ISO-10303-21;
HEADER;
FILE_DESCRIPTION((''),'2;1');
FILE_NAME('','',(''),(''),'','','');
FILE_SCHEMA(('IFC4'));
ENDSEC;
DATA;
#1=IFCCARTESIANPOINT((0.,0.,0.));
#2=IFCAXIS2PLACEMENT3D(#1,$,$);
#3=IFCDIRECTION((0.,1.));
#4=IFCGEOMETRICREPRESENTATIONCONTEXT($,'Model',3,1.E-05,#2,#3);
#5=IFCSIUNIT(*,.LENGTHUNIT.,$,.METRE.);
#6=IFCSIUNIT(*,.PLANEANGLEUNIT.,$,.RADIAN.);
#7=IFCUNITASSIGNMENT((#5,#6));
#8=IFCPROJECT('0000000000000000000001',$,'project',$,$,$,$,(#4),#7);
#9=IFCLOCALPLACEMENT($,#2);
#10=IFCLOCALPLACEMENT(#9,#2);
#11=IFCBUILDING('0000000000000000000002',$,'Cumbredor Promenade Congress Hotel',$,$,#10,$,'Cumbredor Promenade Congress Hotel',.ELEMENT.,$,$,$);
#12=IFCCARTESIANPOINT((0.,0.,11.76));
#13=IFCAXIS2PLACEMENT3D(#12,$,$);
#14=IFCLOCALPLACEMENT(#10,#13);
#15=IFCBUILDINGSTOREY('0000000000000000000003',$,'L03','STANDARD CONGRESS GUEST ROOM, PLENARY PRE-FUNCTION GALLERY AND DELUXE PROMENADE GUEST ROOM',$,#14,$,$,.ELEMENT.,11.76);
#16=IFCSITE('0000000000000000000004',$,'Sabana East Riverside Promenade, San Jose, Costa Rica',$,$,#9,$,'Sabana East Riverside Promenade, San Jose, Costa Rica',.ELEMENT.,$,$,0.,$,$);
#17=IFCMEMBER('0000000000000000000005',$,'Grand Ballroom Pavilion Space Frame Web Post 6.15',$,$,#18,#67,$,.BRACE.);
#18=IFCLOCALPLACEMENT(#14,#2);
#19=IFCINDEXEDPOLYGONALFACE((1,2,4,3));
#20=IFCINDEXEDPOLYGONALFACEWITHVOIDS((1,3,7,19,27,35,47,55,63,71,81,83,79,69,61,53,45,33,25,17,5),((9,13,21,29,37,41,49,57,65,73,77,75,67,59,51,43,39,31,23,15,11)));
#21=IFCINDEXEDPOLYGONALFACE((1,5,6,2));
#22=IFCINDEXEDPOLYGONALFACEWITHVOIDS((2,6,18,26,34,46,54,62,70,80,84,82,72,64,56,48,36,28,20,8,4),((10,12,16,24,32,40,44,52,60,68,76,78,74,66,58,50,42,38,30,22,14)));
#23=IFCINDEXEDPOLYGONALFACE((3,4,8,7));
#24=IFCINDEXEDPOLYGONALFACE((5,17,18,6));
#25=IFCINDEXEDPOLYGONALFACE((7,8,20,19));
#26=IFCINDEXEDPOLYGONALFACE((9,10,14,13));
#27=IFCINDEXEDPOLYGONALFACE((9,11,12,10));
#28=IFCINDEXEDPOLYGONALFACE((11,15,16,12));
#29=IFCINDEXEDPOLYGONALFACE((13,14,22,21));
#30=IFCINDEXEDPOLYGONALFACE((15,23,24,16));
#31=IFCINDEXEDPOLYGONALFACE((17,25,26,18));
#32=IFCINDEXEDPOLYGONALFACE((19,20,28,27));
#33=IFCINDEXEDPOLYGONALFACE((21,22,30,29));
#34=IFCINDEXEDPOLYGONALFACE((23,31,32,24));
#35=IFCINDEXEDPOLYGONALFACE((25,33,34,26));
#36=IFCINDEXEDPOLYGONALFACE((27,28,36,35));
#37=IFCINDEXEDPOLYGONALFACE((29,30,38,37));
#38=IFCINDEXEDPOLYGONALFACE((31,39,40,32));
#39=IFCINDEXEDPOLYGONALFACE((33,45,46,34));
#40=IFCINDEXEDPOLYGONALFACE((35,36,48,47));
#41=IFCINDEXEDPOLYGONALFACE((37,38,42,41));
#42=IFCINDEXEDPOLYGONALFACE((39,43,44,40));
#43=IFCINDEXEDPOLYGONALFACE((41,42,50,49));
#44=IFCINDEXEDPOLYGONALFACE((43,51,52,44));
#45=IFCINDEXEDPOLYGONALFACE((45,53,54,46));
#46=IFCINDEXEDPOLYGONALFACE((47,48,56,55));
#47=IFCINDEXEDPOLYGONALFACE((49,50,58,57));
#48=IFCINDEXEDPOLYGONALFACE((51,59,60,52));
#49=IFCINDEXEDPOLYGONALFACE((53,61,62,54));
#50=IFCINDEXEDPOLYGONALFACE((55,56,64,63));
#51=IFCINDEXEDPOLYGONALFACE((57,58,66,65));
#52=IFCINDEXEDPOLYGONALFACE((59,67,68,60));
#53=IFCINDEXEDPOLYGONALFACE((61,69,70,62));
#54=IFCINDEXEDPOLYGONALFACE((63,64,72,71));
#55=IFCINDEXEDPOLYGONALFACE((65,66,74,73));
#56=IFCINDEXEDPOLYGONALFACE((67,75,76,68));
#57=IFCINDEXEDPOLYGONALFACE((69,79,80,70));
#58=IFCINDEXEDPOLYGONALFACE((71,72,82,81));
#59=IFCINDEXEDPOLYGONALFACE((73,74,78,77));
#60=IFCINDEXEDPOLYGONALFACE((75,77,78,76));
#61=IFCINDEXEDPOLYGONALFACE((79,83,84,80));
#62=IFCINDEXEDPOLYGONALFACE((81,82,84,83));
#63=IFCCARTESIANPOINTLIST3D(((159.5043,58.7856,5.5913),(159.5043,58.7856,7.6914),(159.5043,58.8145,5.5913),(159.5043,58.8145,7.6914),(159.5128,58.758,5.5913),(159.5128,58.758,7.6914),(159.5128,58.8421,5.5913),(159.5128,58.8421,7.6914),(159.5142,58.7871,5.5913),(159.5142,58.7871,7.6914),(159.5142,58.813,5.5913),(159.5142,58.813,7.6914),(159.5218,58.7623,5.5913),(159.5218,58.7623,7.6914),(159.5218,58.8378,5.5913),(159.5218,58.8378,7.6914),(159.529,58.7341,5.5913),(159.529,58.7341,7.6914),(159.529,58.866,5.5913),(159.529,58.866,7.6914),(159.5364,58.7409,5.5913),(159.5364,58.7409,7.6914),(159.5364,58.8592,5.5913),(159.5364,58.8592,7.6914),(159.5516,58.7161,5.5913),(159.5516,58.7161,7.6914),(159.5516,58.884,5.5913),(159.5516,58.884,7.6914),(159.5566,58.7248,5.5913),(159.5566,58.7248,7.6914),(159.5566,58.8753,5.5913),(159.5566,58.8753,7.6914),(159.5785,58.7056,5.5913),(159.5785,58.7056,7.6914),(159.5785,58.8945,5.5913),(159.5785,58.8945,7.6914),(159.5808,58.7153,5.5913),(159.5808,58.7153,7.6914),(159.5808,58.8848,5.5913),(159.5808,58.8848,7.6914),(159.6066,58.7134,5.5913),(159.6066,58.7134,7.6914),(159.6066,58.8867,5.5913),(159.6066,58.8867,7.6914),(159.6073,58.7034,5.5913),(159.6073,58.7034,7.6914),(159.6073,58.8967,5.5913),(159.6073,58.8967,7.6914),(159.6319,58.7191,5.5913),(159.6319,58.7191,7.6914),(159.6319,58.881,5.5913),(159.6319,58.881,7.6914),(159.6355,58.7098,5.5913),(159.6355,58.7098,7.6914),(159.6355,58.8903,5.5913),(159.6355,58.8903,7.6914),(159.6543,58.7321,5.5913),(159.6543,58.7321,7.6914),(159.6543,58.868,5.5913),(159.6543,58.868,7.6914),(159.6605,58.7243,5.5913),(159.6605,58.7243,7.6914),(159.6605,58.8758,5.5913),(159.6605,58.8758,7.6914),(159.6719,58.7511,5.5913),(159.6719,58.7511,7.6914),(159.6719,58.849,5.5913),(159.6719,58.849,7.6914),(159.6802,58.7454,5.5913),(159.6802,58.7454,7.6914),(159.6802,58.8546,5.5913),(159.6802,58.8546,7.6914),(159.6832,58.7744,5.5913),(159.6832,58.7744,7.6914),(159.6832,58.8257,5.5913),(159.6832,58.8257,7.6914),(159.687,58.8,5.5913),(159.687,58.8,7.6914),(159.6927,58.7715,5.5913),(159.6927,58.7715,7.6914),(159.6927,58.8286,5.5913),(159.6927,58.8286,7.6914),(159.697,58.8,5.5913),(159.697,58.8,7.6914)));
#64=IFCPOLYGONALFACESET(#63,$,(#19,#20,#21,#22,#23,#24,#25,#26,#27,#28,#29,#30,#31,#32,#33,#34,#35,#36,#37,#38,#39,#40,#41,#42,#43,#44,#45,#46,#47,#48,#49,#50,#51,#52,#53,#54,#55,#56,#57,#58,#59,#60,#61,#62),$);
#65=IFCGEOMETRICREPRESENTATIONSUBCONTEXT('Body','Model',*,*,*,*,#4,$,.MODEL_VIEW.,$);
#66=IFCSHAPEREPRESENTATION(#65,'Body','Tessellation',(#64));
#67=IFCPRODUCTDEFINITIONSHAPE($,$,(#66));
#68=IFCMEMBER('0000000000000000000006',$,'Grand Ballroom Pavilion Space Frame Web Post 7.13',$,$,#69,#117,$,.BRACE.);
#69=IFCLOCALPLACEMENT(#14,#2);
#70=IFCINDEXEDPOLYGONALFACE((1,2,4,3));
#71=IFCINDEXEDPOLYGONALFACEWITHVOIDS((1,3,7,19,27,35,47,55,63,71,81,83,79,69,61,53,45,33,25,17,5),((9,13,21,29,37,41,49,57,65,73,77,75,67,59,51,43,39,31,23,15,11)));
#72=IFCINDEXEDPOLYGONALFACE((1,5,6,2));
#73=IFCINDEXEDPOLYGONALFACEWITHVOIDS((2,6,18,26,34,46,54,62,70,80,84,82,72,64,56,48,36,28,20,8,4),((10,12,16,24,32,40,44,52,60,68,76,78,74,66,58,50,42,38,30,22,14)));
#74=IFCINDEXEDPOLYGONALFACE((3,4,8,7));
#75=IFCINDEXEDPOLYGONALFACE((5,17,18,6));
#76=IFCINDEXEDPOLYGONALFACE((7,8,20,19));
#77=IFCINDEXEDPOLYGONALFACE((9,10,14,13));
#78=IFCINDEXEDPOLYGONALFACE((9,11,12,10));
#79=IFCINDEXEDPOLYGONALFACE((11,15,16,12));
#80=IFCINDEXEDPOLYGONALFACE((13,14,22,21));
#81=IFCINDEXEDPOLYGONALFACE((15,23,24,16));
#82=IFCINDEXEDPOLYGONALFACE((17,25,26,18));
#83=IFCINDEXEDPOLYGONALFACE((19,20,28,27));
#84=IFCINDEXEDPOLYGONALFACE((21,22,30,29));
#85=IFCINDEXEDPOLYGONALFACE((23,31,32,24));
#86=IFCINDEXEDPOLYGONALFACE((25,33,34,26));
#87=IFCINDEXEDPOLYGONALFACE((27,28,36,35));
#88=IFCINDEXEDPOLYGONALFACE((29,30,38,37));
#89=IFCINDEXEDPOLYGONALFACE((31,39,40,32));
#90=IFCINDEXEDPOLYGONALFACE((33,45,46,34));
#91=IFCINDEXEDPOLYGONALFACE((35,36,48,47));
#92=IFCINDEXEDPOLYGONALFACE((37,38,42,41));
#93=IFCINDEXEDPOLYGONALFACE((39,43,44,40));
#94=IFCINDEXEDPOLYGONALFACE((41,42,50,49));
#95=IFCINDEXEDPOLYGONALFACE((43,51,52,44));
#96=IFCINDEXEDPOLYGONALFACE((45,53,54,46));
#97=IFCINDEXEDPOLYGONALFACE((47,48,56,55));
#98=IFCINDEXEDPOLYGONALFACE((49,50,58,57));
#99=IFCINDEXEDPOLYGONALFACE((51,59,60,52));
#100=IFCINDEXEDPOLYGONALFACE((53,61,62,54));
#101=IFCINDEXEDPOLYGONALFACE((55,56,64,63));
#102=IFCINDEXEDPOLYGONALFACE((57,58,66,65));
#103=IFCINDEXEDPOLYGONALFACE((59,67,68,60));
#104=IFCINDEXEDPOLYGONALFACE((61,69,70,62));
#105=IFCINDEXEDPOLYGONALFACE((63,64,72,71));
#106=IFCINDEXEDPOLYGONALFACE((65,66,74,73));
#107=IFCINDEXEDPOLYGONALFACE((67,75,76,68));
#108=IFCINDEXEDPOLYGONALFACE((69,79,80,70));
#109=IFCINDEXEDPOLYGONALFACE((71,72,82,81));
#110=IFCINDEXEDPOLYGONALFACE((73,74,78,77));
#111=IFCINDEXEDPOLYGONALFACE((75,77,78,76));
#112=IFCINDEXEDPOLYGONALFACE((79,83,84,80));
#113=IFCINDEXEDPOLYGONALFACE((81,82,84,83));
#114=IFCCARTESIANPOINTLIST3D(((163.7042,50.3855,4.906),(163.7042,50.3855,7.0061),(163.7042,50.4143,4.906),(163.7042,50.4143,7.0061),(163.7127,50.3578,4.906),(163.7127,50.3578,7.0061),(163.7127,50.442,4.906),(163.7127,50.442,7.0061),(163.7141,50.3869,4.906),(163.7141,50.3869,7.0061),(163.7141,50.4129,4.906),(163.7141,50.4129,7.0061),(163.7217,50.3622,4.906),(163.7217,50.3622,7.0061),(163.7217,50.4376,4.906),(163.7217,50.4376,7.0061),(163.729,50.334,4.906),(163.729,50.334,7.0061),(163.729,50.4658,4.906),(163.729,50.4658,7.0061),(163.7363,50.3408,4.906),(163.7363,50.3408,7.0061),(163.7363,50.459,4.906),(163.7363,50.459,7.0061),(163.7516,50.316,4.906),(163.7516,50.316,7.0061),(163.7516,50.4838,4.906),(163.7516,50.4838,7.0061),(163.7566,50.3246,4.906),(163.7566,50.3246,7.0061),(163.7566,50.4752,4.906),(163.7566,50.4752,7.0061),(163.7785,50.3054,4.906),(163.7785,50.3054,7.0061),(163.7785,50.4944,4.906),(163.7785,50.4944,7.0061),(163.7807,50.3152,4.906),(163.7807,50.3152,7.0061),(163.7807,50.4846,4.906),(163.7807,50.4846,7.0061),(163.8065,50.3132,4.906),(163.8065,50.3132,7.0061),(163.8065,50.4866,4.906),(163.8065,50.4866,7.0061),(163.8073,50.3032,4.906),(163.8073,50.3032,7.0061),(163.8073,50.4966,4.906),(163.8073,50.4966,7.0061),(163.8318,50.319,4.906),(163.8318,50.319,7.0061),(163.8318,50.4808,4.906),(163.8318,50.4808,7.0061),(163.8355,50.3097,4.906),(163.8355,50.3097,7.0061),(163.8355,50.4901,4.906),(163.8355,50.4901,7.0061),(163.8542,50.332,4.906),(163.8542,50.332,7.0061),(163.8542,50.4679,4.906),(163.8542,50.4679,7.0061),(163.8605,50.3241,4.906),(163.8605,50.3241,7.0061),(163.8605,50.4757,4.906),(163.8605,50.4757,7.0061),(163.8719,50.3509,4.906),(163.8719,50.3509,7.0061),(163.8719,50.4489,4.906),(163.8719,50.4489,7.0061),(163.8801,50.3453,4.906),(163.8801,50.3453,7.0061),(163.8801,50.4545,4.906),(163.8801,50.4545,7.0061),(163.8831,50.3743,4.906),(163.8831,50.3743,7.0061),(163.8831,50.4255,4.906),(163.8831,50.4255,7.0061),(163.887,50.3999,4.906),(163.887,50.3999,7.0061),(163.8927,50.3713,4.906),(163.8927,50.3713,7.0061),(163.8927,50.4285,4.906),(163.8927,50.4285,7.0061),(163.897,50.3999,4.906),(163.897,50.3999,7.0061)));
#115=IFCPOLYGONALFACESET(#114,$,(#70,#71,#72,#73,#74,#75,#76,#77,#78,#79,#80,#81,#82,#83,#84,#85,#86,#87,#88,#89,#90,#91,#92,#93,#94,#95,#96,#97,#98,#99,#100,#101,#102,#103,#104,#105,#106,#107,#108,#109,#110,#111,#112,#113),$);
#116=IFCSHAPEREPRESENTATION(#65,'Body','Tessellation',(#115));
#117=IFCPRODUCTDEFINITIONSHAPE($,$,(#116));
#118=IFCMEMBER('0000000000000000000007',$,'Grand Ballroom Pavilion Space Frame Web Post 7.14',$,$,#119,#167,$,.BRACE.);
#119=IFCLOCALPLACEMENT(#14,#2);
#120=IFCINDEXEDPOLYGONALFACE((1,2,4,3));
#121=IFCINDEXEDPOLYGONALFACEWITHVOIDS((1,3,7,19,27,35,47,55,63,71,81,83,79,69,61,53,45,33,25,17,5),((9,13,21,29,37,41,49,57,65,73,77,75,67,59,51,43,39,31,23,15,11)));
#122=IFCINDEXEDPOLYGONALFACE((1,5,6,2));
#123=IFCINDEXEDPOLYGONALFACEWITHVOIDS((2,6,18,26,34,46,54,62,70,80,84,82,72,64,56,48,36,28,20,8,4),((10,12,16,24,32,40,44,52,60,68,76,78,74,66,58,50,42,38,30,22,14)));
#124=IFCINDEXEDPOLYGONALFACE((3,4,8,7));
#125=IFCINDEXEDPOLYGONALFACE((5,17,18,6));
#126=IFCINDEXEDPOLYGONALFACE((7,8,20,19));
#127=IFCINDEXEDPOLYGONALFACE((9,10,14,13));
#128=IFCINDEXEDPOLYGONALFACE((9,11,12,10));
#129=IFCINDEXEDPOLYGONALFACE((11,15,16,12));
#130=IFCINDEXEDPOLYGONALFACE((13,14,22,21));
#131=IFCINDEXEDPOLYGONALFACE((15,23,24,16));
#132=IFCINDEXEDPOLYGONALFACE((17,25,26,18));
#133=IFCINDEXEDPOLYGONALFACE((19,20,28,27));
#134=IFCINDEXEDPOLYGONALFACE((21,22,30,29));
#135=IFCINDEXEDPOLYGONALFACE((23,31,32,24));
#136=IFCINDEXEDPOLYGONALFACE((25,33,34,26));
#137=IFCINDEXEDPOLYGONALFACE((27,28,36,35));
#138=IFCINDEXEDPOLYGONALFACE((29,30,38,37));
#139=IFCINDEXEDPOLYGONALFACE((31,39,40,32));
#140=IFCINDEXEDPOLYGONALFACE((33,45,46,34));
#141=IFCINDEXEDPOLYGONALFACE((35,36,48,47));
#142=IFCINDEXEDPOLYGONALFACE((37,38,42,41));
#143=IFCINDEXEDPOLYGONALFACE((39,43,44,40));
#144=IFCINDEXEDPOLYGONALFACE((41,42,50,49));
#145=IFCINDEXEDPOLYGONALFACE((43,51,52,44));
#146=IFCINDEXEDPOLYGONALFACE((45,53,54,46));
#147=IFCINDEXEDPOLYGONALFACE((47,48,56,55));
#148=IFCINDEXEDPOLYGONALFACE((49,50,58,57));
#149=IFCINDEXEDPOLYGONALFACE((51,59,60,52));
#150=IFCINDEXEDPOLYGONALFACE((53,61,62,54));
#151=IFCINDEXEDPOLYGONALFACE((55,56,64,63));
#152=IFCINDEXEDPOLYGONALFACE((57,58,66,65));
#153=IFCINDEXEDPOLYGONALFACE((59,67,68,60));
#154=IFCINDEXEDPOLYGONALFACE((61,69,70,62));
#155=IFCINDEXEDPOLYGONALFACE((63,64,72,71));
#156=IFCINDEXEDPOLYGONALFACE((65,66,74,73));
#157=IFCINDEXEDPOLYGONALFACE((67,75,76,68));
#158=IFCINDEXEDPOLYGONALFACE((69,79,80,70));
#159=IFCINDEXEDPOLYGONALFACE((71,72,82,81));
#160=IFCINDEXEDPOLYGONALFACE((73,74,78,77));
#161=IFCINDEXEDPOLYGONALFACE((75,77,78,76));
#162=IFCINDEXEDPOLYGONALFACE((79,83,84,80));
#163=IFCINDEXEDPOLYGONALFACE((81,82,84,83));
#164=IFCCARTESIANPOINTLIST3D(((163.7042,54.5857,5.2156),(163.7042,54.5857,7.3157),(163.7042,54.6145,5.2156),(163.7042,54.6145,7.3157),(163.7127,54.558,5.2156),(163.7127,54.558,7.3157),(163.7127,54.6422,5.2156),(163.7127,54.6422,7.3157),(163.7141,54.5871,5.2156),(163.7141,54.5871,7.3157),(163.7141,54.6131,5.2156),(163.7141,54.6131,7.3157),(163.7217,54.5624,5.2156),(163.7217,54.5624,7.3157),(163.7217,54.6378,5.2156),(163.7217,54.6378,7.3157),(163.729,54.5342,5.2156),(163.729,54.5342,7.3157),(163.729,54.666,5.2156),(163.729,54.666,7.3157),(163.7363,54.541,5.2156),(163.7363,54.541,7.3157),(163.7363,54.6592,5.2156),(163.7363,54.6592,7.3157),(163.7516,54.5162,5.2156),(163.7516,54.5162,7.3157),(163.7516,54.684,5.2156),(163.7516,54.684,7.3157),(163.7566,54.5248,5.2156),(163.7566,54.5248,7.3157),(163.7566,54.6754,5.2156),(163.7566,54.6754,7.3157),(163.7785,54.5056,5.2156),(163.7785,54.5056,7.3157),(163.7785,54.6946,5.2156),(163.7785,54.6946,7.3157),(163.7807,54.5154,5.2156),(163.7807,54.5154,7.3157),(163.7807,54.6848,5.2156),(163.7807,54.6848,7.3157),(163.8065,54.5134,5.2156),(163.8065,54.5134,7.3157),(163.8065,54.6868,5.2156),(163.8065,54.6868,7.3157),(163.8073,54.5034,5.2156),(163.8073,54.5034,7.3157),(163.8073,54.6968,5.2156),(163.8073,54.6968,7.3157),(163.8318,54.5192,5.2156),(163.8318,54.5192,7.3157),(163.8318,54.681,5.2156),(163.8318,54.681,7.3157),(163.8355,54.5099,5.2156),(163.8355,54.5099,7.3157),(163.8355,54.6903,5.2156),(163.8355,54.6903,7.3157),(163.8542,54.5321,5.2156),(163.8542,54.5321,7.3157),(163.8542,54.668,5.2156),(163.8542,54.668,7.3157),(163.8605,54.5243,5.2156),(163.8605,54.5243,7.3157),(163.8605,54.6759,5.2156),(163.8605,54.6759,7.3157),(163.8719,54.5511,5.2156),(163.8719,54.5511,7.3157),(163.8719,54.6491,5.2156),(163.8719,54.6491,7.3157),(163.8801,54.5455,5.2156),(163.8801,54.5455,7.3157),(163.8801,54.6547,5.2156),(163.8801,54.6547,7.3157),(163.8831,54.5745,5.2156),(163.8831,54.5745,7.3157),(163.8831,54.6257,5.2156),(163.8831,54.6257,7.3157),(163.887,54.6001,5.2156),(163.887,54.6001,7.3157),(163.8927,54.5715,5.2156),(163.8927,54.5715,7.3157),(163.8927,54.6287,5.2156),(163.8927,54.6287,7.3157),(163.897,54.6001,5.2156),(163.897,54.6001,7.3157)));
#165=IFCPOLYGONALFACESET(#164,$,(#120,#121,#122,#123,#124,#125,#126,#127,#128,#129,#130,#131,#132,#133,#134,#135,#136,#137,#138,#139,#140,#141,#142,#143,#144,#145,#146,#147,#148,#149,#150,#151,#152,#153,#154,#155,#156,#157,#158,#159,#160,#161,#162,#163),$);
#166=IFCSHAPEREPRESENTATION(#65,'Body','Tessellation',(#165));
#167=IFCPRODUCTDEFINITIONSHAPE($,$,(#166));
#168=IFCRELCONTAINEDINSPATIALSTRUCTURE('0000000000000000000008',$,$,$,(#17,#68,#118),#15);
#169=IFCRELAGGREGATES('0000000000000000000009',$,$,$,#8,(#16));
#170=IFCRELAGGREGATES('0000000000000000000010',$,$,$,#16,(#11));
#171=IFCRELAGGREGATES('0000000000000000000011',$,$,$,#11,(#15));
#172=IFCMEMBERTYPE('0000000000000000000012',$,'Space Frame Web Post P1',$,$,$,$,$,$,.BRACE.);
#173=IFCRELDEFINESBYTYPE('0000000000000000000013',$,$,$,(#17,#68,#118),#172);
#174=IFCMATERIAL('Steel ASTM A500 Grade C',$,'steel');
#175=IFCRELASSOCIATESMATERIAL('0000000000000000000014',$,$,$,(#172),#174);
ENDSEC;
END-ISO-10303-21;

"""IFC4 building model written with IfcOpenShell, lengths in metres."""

from ifc_helpers import new_model, si_unit, direction, frame, origin, origin_2d, place, context, subcontext, project, spatial, hollow_circle, extrude, material, material_profile, profile_set, type_object, element, save


model = new_model("IFC4")

# Units and contexts
model_context = context("Model", 3, precision=1e-05, world=origin(), true_north=direction((0.0, 1.0)))
body_context = subcontext(model_context, "Body", "Model", "MODEL_VIEW")
ifc_project = project(units=[si_unit("LENGTHUNIT", "METRE"), si_unit("PLANEANGLEUNIT", "RADIAN")], contexts=[model_context])

# Site, building, storey
site_placement = place(None, origin())
site = spatial("IfcSite", under=ifc_project, at=site_placement, Name="Sabana East Riverside Promenade, San Jose, Costa Rica", LongName="Sabana East Riverside Promenade, San Jose, Costa Rica", CompositionType="ELEMENT", RefElevation=0.0)
building_placement = place(site_placement, origin())
building = spatial("IfcBuilding", under=site, at=building_placement, Name="Cumbredor Promenade Congress Hotel", LongName="Cumbredor Promenade Congress Hotel", CompositionType="ELEMENT")
storey_placement = place(building_placement, frame((0.0, 0.0, 11.76)))
storey = spatial("IfcBuildingStorey", under=building, at=storey_placement, Name="L03", Description="STANDARD CONGRESS GUEST ROOM, PLENARY PRE-FUNCTION GALLERY AND DELUXE PROMENADE GUEST ROOM", CompositionType="ELEMENT", Elevation=11.76)

# Members
ifc_material_1 = material(Name="Steel ASTM A500 Grade C", Category="steel")
ifc_material_profile_1 = material_profile(ifc_material_1, hollow_circle(Radius=0.0969, WallThickness=0.01, at=origin_2d()), Name="CHS 193.7x10")
ifc_profile_set_1 = profile_set([ifc_material_profile_1], Name="Steel ASTM A500 Grade C")
member_type_1 = type_object("IfcMemberType", Name="Space Frame Web Post P1", PredefinedType="BRACE", material=ifc_profile_set_1)
for number, where, z_axis, x_axis, name in (
    (1, (159.6001, 58.8, 5.5913), (0.0, 0.0, 1.0), (1.0, 0.0, 0.0), "Grand Ballroom Pavilion Space Frame Web Post 6.15"),
    (2, (163.8, 50.3999, 4.906), (0.0, 0.0, 1.0), (1.0, 0.0, 0.0), "Grand Ballroom Pavilion Space Frame Web Post 7.13"),
    (3, (163.8, 54.6001, 5.2156), (0.0, 0.0, 1.0), (1.0, 0.0, 0.0), "Grand Ballroom Pavilion Space Frame Web Post 7.14"),
):
    element("IfcMember", number, at=place(storey_placement, frame(where, z_axis=z_axis, x_axis=x_axis)), inside=storey, type_object=member_type_1, Name=name, PredefinedType="BRACE", context=body_context, shape_type="SweptSolid", body=[
        extrude(hollow_circle(Radius=0.0969, WallThickness=0.01, at=origin_2d()), origin(), (0.0, 0.0, 1.0), 2.1001),
    ])

save(model, "model.ifc")
